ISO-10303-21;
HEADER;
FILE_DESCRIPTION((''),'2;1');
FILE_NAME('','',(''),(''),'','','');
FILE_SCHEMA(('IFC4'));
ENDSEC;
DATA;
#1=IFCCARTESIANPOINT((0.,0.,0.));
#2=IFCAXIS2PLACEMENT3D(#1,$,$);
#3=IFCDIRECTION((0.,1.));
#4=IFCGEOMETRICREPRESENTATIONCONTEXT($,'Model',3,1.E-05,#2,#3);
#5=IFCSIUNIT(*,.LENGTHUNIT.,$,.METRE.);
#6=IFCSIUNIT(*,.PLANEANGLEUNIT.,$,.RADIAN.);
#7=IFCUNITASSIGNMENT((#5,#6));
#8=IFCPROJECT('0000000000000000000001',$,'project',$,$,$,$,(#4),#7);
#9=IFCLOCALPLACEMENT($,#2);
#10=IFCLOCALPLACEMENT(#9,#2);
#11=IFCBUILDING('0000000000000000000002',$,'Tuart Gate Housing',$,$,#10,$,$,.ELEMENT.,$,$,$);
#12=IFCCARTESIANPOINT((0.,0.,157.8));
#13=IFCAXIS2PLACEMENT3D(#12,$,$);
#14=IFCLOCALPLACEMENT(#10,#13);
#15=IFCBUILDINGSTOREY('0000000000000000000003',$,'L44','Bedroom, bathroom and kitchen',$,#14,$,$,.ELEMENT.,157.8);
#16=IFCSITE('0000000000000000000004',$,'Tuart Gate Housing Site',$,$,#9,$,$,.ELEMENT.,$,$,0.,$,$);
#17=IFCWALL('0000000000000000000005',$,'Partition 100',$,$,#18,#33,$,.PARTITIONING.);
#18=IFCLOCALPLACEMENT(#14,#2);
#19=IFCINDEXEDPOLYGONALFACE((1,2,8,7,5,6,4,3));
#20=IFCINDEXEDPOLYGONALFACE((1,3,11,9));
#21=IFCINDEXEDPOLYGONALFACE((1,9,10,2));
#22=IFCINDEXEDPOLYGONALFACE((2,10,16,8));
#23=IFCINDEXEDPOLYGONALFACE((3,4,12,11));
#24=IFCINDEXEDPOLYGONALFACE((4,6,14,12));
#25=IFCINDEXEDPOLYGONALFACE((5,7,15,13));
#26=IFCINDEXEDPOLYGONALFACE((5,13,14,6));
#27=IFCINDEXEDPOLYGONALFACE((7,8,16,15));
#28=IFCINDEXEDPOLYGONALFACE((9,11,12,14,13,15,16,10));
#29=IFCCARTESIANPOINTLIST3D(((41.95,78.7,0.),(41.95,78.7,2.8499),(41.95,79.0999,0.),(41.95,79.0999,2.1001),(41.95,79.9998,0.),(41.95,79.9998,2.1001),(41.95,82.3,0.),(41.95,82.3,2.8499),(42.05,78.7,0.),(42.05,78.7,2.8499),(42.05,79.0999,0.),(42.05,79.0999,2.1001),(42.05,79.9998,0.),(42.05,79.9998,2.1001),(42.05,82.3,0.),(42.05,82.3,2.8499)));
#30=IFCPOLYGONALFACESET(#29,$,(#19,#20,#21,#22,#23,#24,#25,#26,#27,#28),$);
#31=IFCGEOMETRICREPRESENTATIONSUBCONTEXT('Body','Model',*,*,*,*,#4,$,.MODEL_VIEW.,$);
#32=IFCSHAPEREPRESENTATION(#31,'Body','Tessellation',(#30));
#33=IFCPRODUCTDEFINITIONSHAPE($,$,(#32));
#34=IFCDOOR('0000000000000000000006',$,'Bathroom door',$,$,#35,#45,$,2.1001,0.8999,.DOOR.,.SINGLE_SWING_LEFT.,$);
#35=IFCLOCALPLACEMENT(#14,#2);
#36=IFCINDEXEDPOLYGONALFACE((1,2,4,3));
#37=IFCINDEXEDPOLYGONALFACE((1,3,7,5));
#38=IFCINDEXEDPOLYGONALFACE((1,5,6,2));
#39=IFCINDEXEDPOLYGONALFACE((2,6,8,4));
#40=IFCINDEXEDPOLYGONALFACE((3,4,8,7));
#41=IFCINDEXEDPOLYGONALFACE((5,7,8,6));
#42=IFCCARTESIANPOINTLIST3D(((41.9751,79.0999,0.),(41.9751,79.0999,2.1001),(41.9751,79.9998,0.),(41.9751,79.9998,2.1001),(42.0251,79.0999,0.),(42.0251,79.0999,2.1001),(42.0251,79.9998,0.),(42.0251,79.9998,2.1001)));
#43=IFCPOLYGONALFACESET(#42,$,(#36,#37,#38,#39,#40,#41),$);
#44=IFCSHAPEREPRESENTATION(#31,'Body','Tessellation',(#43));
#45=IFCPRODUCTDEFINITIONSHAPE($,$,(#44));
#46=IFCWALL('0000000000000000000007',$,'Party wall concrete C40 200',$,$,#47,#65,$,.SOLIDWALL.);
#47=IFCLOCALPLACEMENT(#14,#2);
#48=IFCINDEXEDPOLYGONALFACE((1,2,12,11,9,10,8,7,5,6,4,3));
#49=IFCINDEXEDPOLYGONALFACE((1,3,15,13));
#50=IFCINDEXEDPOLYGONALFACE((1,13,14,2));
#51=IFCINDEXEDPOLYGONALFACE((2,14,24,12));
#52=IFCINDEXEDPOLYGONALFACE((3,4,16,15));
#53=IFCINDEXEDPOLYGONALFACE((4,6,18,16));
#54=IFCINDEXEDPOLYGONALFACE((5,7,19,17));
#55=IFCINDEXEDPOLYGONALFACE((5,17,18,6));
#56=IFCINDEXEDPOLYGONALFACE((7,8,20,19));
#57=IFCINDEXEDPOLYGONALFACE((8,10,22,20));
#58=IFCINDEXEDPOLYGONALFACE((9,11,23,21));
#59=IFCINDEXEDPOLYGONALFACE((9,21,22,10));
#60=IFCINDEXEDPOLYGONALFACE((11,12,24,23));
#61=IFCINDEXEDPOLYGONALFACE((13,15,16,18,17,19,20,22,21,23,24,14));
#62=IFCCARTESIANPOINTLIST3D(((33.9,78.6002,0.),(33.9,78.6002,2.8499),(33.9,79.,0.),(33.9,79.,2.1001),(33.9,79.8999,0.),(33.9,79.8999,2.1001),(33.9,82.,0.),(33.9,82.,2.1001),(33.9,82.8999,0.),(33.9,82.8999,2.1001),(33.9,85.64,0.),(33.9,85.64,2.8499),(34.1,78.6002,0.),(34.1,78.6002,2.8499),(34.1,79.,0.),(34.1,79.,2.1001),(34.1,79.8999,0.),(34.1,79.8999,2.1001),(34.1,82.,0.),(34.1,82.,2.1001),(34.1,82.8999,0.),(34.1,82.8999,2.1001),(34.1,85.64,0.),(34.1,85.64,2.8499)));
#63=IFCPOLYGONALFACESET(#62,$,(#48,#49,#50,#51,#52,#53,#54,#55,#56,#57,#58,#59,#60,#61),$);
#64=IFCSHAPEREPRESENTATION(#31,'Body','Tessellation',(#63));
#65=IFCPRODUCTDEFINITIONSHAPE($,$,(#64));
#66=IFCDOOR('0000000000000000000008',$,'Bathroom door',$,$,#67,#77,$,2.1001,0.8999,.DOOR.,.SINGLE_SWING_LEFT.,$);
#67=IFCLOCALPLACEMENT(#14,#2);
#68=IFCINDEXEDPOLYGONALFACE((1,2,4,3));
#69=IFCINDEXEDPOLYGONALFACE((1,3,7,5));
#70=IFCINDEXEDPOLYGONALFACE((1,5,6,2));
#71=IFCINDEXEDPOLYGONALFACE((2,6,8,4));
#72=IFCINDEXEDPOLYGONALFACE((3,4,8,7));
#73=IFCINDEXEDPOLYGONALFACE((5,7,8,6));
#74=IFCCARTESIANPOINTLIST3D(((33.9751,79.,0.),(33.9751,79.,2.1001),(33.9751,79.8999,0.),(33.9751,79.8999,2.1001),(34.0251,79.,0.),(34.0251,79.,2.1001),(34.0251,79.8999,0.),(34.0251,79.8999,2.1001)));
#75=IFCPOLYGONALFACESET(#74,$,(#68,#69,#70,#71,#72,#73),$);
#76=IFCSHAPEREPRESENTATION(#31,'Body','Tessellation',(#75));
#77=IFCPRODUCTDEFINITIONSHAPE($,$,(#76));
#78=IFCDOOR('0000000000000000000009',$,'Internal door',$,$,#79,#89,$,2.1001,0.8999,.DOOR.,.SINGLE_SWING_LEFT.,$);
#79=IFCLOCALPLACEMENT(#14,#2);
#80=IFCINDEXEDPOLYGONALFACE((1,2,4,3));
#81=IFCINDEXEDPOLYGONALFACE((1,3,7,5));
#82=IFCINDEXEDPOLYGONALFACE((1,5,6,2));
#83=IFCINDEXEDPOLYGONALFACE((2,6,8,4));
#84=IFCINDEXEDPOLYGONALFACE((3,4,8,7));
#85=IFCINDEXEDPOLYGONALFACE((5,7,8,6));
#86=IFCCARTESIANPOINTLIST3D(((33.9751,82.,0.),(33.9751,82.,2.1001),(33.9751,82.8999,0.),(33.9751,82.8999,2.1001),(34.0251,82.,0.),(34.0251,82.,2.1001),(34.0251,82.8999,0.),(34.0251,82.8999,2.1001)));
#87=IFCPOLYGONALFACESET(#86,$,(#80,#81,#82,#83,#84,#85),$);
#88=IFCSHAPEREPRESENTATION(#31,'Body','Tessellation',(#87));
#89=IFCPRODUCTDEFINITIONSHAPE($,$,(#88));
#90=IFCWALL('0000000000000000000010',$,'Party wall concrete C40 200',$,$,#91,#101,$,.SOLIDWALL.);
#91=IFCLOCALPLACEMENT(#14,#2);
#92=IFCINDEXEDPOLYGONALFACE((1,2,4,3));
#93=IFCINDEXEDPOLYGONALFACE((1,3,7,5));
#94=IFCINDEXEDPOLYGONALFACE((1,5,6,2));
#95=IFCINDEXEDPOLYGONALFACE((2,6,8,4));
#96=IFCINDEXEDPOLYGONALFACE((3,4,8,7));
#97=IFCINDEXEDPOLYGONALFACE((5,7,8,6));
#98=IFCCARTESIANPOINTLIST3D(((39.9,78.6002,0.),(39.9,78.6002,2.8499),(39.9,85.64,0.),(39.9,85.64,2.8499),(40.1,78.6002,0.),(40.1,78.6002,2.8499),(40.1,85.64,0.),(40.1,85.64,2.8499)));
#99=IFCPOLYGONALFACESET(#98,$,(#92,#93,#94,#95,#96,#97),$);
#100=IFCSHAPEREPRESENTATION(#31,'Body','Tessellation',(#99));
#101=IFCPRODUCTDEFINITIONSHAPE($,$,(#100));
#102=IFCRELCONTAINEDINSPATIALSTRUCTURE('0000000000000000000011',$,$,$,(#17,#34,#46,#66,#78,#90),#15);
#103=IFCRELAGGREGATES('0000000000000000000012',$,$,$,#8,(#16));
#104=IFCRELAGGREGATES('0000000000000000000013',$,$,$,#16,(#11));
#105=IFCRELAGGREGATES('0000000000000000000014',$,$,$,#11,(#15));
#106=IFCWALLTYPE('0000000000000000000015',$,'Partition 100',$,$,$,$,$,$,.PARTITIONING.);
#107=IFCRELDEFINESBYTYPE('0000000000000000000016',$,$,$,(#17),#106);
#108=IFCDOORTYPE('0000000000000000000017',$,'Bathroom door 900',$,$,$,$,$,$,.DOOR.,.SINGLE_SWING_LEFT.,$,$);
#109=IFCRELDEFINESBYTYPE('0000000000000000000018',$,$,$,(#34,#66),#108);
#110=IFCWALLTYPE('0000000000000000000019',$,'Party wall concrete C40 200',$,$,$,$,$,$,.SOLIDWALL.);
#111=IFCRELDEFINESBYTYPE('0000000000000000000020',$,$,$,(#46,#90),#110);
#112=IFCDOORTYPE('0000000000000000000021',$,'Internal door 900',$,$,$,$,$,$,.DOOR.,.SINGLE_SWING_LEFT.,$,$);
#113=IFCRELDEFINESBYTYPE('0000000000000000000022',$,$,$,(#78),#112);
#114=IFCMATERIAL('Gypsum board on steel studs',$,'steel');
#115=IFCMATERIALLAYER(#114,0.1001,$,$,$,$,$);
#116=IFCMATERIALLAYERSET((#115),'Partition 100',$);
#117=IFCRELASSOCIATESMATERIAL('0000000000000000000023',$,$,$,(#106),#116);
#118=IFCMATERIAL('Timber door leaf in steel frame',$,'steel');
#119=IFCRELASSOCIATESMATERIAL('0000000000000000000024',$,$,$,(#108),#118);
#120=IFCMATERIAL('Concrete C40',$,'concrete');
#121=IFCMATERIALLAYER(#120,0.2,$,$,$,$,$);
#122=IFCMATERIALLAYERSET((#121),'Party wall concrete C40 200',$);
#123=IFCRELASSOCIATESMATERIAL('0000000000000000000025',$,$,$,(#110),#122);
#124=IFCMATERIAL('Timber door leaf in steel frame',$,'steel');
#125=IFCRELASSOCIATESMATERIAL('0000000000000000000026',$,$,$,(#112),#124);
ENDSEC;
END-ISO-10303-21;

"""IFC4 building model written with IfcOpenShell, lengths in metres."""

from ifc_helpers import new_model, si_unit, direction, frame, frame_2d, origin, place, context, subcontext, project, spatial, rectangle, extrude, material, layer, layer_set, type_object, element, fill, save


model = new_model("IFC4")

# Units and contexts
model_context = context("Model", 3, precision=1e-05, world=origin(), true_north=direction((0.0, 1.0)))
body_context = subcontext(model_context, "Body", "Model", "MODEL_VIEW")
ifc_project = project(units=[si_unit("LENGTHUNIT", "METRE"), si_unit("PLANEANGLEUNIT", "RADIAN")], contexts=[model_context])

# Site, building, storey
site_placement = place(None, origin())
site = spatial("IfcSite", under=ifc_project, at=site_placement, Name="Tuart Gate Housing Site", CompositionType="ELEMENT", RefElevation=0.0)
building_placement = place(site_placement, origin())
building = spatial("IfcBuilding", under=site, at=building_placement, Name="Tuart Gate Housing", CompositionType="ELEMENT")
storey_placement = place(building_placement, frame((0.0, 0.0, 157.8)))
storey = spatial("IfcBuildingStorey", under=building, at=storey_placement, Name="L44", Description="Bedroom, bathroom and kitchen", CompositionType="ELEMENT", Elevation=157.8)

# Shared definitions
ifc_material_1 = material(Name="Gypsum board on steel studs", Category="steel")
ifc_layer_1 = layer(ifc_material_1, 0.1001)
ifc_layer_set_1 = layer_set([ifc_layer_1], Name="Partition 100")
wall_type_1 = type_object("IfcWallType", Name="Partition 100", PredefinedType="PARTITIONING", material=ifc_layer_set_1)

# Wall, opening, door
wall_1_placement = place(storey_placement, frame((42.0, 78.7, 0.0), z_axis=(0.0, 0.0, 1.0), x_axis=(0.0, 1.0, 0.0)))
wall_1 = element("IfcWall", 1, at=wall_1_placement, inside=storey, type_object=wall_type_1, Name="Partition 100", PredefinedType="PARTITIONING", context=body_context, shape_type="SweptSolid", body=[
    extrude(rectangle(XDim=3.6001, YDim=0.1001, at=frame_2d((1.8, 0.0))), origin(), (0.0, 0.0, 1.0), 2.8499),
])
opening_1_placement = place(wall_1_placement, frame((0.3999, 0.0, 0.0)))
opening_1 = element("IfcOpeningElement", 2, at=opening_1_placement, cuts=wall_1, PredefinedType="OPENING", context=body_context, shape_type="SweptSolid", body=[
    extrude(rectangle(XDim=0.8999, YDim=2.1001, at=frame_2d((0.45, 1.05))), frame((0.0, 0.0601, 0.0), z_axis=(0.0, -1.0, 0.0), x_axis=(1.0, 0.0, 0.0)), (0.0, 0.0, 1.0), 0.1201),
])
ifc_material_2 = material(Name="Timber door leaf in steel frame", Category="steel")
door_type_1 = type_object("IfcDoorType", Name="Bathroom door 900", OperationType="SINGLE_SWING_LEFT", PredefinedType="DOOR", material=ifc_material_2)
door_1_placement = place(opening_1_placement, origin())
door_1 = element("IfcDoor", 3, at=door_1_placement, inside=storey, type_object=door_type_1, Name="Bathroom door", OperationType="SINGLE_SWING_LEFT", OverallHeight=2.1001, OverallWidth=0.8999, PredefinedType="DOOR", context=body_context, shape_type="SweptSolid", body=[
    extrude(rectangle(XDim=0.8999, YDim=2.1001, at=frame_2d((0.45, 1.05))), frame((0.0, 0.0249, 0.0), z_axis=(0.0, -1.0, 0.0), x_axis=(1.0, 0.0, 0.0)), (0.0, 0.0, 1.0), 0.05),
])
fill(opening_1, door_1)

# Wall, openings, doors
ifc_material_3 = material(Name="Concrete C40", Category="concrete")
ifc_layer_2 = layer(ifc_material_3, 0.2)
ifc_layer_set_2 = layer_set([ifc_layer_2], Name="Party wall concrete C40 200")
wall_type_2 = type_object("IfcWallType", Name="Party wall concrete C40 200", PredefinedType="SOLIDWALL", material=ifc_layer_set_2)
wall_2_placement = place(storey_placement, frame((34.0, 78.6001, 0.0), z_axis=(0.0, 0.0, 1.0), x_axis=(0.0, 1.0, 0.0)))
wall_2 = element("IfcWall", 4, at=wall_2_placement, inside=storey, type_object=wall_type_2, Name="Party wall concrete C40 200", PredefinedType="SOLIDWALL", context=body_context, shape_type="SweptSolid", body=[
    extrude(rectangle(XDim=7.0398, YDim=0.2, at=frame_2d((3.52, 0.0))), origin(), (0.0, 0.0, 1.0), 2.8499),
])
opening_2_placement = place(wall_2_placement, frame((3.3999, 0.0, 0.0)))
opening_2 = element("IfcOpeningElement", 5, at=opening_2_placement, cuts=wall_2, PredefinedType="OPENING", context=body_context, shape_type="SweptSolid", body=[
    extrude(rectangle(XDim=0.8999, YDim=2.1001, at=frame_2d((0.45, 1.05))), frame((0.0, 0.1099, 0.0), z_axis=(0.0, -1.0, 0.0), x_axis=(1.0, 0.0, 0.0)), (0.0, 0.0, 1.0), 0.22),
])
opening_3_placement = place(wall_2_placement, frame((0.3999, 0.0, 0.0)))
opening_3 = element("IfcOpeningElement", 6, at=opening_3_placement, cuts=wall_2, PredefinedType="OPENING", context=body_context, shape_type="SweptSolid", body=[
    extrude(rectangle(XDim=0.8999, YDim=2.1001, at=frame_2d((0.45, 1.05))), frame((0.0, 0.1099, 0.0), z_axis=(0.0, -1.0, 0.0), x_axis=(1.0, 0.0, 0.0)), (0.0, 0.0, 1.0), 0.22),
])
door_2_placement = place(opening_3_placement, origin())
door_2 = element("IfcDoor", 7, at=door_2_placement, inside=storey, type_object=door_type_1, Name="Bathroom door", OperationType="SINGLE_SWING_LEFT", OverallHeight=2.1001, OverallWidth=0.8999, PredefinedType="DOOR", context=body_context, shape_type="SweptSolid", body=[
    extrude(rectangle(XDim=0.8999, YDim=2.1001, at=frame_2d((0.45, 1.05))), frame((0.0, 0.0249, 0.0), z_axis=(0.0, -1.0, 0.0), x_axis=(1.0, 0.0, 0.0)), (0.0, 0.0, 1.0), 0.05),
])
fill(opening_3, door_2)
ifc_material_4 = material(Name="Timber door leaf in steel frame", Category="steel")
door_type_2 = type_object("IfcDoorType", Name="Internal door 900", OperationType="SINGLE_SWING_LEFT", PredefinedType="DOOR", material=ifc_material_4)
door_3_placement = place(opening_2_placement, origin())
door_3 = element("IfcDoor", 8, at=door_3_placement, inside=storey, type_object=door_type_2, Name="Internal door", OperationType="SINGLE_SWING_LEFT", OverallHeight=2.1001, OverallWidth=0.8999, PredefinedType="DOOR", context=body_context, shape_type="SweptSolid", body=[
    extrude(rectangle(XDim=0.8999, YDim=2.1001, at=frame_2d((0.45, 1.05))), frame((0.0, 0.0249, 0.0), z_axis=(0.0, -1.0, 0.0), x_axis=(1.0, 0.0, 0.0)), (0.0, 0.0, 1.0), 0.05),
])
fill(opening_2, door_3)

# Wall
wall_3_placement = place(storey_placement, frame((40.0, 78.6001, 0.0), z_axis=(0.0, 0.0, 1.0), x_axis=(0.0, 1.0, 0.0)))
element("IfcWall", 9, at=wall_3_placement, inside=storey, type_object=wall_type_2, Name="Party wall concrete C40 200", PredefinedType="SOLIDWALL", context=body_context, shape_type="SweptSolid", body=[
    extrude(rectangle(XDim=7.0398, YDim=0.2, at=frame_2d((3.52, 0.0))), origin(), (0.0, 0.0, 1.0), 2.8499),
])

save(model, "model.ifc")
